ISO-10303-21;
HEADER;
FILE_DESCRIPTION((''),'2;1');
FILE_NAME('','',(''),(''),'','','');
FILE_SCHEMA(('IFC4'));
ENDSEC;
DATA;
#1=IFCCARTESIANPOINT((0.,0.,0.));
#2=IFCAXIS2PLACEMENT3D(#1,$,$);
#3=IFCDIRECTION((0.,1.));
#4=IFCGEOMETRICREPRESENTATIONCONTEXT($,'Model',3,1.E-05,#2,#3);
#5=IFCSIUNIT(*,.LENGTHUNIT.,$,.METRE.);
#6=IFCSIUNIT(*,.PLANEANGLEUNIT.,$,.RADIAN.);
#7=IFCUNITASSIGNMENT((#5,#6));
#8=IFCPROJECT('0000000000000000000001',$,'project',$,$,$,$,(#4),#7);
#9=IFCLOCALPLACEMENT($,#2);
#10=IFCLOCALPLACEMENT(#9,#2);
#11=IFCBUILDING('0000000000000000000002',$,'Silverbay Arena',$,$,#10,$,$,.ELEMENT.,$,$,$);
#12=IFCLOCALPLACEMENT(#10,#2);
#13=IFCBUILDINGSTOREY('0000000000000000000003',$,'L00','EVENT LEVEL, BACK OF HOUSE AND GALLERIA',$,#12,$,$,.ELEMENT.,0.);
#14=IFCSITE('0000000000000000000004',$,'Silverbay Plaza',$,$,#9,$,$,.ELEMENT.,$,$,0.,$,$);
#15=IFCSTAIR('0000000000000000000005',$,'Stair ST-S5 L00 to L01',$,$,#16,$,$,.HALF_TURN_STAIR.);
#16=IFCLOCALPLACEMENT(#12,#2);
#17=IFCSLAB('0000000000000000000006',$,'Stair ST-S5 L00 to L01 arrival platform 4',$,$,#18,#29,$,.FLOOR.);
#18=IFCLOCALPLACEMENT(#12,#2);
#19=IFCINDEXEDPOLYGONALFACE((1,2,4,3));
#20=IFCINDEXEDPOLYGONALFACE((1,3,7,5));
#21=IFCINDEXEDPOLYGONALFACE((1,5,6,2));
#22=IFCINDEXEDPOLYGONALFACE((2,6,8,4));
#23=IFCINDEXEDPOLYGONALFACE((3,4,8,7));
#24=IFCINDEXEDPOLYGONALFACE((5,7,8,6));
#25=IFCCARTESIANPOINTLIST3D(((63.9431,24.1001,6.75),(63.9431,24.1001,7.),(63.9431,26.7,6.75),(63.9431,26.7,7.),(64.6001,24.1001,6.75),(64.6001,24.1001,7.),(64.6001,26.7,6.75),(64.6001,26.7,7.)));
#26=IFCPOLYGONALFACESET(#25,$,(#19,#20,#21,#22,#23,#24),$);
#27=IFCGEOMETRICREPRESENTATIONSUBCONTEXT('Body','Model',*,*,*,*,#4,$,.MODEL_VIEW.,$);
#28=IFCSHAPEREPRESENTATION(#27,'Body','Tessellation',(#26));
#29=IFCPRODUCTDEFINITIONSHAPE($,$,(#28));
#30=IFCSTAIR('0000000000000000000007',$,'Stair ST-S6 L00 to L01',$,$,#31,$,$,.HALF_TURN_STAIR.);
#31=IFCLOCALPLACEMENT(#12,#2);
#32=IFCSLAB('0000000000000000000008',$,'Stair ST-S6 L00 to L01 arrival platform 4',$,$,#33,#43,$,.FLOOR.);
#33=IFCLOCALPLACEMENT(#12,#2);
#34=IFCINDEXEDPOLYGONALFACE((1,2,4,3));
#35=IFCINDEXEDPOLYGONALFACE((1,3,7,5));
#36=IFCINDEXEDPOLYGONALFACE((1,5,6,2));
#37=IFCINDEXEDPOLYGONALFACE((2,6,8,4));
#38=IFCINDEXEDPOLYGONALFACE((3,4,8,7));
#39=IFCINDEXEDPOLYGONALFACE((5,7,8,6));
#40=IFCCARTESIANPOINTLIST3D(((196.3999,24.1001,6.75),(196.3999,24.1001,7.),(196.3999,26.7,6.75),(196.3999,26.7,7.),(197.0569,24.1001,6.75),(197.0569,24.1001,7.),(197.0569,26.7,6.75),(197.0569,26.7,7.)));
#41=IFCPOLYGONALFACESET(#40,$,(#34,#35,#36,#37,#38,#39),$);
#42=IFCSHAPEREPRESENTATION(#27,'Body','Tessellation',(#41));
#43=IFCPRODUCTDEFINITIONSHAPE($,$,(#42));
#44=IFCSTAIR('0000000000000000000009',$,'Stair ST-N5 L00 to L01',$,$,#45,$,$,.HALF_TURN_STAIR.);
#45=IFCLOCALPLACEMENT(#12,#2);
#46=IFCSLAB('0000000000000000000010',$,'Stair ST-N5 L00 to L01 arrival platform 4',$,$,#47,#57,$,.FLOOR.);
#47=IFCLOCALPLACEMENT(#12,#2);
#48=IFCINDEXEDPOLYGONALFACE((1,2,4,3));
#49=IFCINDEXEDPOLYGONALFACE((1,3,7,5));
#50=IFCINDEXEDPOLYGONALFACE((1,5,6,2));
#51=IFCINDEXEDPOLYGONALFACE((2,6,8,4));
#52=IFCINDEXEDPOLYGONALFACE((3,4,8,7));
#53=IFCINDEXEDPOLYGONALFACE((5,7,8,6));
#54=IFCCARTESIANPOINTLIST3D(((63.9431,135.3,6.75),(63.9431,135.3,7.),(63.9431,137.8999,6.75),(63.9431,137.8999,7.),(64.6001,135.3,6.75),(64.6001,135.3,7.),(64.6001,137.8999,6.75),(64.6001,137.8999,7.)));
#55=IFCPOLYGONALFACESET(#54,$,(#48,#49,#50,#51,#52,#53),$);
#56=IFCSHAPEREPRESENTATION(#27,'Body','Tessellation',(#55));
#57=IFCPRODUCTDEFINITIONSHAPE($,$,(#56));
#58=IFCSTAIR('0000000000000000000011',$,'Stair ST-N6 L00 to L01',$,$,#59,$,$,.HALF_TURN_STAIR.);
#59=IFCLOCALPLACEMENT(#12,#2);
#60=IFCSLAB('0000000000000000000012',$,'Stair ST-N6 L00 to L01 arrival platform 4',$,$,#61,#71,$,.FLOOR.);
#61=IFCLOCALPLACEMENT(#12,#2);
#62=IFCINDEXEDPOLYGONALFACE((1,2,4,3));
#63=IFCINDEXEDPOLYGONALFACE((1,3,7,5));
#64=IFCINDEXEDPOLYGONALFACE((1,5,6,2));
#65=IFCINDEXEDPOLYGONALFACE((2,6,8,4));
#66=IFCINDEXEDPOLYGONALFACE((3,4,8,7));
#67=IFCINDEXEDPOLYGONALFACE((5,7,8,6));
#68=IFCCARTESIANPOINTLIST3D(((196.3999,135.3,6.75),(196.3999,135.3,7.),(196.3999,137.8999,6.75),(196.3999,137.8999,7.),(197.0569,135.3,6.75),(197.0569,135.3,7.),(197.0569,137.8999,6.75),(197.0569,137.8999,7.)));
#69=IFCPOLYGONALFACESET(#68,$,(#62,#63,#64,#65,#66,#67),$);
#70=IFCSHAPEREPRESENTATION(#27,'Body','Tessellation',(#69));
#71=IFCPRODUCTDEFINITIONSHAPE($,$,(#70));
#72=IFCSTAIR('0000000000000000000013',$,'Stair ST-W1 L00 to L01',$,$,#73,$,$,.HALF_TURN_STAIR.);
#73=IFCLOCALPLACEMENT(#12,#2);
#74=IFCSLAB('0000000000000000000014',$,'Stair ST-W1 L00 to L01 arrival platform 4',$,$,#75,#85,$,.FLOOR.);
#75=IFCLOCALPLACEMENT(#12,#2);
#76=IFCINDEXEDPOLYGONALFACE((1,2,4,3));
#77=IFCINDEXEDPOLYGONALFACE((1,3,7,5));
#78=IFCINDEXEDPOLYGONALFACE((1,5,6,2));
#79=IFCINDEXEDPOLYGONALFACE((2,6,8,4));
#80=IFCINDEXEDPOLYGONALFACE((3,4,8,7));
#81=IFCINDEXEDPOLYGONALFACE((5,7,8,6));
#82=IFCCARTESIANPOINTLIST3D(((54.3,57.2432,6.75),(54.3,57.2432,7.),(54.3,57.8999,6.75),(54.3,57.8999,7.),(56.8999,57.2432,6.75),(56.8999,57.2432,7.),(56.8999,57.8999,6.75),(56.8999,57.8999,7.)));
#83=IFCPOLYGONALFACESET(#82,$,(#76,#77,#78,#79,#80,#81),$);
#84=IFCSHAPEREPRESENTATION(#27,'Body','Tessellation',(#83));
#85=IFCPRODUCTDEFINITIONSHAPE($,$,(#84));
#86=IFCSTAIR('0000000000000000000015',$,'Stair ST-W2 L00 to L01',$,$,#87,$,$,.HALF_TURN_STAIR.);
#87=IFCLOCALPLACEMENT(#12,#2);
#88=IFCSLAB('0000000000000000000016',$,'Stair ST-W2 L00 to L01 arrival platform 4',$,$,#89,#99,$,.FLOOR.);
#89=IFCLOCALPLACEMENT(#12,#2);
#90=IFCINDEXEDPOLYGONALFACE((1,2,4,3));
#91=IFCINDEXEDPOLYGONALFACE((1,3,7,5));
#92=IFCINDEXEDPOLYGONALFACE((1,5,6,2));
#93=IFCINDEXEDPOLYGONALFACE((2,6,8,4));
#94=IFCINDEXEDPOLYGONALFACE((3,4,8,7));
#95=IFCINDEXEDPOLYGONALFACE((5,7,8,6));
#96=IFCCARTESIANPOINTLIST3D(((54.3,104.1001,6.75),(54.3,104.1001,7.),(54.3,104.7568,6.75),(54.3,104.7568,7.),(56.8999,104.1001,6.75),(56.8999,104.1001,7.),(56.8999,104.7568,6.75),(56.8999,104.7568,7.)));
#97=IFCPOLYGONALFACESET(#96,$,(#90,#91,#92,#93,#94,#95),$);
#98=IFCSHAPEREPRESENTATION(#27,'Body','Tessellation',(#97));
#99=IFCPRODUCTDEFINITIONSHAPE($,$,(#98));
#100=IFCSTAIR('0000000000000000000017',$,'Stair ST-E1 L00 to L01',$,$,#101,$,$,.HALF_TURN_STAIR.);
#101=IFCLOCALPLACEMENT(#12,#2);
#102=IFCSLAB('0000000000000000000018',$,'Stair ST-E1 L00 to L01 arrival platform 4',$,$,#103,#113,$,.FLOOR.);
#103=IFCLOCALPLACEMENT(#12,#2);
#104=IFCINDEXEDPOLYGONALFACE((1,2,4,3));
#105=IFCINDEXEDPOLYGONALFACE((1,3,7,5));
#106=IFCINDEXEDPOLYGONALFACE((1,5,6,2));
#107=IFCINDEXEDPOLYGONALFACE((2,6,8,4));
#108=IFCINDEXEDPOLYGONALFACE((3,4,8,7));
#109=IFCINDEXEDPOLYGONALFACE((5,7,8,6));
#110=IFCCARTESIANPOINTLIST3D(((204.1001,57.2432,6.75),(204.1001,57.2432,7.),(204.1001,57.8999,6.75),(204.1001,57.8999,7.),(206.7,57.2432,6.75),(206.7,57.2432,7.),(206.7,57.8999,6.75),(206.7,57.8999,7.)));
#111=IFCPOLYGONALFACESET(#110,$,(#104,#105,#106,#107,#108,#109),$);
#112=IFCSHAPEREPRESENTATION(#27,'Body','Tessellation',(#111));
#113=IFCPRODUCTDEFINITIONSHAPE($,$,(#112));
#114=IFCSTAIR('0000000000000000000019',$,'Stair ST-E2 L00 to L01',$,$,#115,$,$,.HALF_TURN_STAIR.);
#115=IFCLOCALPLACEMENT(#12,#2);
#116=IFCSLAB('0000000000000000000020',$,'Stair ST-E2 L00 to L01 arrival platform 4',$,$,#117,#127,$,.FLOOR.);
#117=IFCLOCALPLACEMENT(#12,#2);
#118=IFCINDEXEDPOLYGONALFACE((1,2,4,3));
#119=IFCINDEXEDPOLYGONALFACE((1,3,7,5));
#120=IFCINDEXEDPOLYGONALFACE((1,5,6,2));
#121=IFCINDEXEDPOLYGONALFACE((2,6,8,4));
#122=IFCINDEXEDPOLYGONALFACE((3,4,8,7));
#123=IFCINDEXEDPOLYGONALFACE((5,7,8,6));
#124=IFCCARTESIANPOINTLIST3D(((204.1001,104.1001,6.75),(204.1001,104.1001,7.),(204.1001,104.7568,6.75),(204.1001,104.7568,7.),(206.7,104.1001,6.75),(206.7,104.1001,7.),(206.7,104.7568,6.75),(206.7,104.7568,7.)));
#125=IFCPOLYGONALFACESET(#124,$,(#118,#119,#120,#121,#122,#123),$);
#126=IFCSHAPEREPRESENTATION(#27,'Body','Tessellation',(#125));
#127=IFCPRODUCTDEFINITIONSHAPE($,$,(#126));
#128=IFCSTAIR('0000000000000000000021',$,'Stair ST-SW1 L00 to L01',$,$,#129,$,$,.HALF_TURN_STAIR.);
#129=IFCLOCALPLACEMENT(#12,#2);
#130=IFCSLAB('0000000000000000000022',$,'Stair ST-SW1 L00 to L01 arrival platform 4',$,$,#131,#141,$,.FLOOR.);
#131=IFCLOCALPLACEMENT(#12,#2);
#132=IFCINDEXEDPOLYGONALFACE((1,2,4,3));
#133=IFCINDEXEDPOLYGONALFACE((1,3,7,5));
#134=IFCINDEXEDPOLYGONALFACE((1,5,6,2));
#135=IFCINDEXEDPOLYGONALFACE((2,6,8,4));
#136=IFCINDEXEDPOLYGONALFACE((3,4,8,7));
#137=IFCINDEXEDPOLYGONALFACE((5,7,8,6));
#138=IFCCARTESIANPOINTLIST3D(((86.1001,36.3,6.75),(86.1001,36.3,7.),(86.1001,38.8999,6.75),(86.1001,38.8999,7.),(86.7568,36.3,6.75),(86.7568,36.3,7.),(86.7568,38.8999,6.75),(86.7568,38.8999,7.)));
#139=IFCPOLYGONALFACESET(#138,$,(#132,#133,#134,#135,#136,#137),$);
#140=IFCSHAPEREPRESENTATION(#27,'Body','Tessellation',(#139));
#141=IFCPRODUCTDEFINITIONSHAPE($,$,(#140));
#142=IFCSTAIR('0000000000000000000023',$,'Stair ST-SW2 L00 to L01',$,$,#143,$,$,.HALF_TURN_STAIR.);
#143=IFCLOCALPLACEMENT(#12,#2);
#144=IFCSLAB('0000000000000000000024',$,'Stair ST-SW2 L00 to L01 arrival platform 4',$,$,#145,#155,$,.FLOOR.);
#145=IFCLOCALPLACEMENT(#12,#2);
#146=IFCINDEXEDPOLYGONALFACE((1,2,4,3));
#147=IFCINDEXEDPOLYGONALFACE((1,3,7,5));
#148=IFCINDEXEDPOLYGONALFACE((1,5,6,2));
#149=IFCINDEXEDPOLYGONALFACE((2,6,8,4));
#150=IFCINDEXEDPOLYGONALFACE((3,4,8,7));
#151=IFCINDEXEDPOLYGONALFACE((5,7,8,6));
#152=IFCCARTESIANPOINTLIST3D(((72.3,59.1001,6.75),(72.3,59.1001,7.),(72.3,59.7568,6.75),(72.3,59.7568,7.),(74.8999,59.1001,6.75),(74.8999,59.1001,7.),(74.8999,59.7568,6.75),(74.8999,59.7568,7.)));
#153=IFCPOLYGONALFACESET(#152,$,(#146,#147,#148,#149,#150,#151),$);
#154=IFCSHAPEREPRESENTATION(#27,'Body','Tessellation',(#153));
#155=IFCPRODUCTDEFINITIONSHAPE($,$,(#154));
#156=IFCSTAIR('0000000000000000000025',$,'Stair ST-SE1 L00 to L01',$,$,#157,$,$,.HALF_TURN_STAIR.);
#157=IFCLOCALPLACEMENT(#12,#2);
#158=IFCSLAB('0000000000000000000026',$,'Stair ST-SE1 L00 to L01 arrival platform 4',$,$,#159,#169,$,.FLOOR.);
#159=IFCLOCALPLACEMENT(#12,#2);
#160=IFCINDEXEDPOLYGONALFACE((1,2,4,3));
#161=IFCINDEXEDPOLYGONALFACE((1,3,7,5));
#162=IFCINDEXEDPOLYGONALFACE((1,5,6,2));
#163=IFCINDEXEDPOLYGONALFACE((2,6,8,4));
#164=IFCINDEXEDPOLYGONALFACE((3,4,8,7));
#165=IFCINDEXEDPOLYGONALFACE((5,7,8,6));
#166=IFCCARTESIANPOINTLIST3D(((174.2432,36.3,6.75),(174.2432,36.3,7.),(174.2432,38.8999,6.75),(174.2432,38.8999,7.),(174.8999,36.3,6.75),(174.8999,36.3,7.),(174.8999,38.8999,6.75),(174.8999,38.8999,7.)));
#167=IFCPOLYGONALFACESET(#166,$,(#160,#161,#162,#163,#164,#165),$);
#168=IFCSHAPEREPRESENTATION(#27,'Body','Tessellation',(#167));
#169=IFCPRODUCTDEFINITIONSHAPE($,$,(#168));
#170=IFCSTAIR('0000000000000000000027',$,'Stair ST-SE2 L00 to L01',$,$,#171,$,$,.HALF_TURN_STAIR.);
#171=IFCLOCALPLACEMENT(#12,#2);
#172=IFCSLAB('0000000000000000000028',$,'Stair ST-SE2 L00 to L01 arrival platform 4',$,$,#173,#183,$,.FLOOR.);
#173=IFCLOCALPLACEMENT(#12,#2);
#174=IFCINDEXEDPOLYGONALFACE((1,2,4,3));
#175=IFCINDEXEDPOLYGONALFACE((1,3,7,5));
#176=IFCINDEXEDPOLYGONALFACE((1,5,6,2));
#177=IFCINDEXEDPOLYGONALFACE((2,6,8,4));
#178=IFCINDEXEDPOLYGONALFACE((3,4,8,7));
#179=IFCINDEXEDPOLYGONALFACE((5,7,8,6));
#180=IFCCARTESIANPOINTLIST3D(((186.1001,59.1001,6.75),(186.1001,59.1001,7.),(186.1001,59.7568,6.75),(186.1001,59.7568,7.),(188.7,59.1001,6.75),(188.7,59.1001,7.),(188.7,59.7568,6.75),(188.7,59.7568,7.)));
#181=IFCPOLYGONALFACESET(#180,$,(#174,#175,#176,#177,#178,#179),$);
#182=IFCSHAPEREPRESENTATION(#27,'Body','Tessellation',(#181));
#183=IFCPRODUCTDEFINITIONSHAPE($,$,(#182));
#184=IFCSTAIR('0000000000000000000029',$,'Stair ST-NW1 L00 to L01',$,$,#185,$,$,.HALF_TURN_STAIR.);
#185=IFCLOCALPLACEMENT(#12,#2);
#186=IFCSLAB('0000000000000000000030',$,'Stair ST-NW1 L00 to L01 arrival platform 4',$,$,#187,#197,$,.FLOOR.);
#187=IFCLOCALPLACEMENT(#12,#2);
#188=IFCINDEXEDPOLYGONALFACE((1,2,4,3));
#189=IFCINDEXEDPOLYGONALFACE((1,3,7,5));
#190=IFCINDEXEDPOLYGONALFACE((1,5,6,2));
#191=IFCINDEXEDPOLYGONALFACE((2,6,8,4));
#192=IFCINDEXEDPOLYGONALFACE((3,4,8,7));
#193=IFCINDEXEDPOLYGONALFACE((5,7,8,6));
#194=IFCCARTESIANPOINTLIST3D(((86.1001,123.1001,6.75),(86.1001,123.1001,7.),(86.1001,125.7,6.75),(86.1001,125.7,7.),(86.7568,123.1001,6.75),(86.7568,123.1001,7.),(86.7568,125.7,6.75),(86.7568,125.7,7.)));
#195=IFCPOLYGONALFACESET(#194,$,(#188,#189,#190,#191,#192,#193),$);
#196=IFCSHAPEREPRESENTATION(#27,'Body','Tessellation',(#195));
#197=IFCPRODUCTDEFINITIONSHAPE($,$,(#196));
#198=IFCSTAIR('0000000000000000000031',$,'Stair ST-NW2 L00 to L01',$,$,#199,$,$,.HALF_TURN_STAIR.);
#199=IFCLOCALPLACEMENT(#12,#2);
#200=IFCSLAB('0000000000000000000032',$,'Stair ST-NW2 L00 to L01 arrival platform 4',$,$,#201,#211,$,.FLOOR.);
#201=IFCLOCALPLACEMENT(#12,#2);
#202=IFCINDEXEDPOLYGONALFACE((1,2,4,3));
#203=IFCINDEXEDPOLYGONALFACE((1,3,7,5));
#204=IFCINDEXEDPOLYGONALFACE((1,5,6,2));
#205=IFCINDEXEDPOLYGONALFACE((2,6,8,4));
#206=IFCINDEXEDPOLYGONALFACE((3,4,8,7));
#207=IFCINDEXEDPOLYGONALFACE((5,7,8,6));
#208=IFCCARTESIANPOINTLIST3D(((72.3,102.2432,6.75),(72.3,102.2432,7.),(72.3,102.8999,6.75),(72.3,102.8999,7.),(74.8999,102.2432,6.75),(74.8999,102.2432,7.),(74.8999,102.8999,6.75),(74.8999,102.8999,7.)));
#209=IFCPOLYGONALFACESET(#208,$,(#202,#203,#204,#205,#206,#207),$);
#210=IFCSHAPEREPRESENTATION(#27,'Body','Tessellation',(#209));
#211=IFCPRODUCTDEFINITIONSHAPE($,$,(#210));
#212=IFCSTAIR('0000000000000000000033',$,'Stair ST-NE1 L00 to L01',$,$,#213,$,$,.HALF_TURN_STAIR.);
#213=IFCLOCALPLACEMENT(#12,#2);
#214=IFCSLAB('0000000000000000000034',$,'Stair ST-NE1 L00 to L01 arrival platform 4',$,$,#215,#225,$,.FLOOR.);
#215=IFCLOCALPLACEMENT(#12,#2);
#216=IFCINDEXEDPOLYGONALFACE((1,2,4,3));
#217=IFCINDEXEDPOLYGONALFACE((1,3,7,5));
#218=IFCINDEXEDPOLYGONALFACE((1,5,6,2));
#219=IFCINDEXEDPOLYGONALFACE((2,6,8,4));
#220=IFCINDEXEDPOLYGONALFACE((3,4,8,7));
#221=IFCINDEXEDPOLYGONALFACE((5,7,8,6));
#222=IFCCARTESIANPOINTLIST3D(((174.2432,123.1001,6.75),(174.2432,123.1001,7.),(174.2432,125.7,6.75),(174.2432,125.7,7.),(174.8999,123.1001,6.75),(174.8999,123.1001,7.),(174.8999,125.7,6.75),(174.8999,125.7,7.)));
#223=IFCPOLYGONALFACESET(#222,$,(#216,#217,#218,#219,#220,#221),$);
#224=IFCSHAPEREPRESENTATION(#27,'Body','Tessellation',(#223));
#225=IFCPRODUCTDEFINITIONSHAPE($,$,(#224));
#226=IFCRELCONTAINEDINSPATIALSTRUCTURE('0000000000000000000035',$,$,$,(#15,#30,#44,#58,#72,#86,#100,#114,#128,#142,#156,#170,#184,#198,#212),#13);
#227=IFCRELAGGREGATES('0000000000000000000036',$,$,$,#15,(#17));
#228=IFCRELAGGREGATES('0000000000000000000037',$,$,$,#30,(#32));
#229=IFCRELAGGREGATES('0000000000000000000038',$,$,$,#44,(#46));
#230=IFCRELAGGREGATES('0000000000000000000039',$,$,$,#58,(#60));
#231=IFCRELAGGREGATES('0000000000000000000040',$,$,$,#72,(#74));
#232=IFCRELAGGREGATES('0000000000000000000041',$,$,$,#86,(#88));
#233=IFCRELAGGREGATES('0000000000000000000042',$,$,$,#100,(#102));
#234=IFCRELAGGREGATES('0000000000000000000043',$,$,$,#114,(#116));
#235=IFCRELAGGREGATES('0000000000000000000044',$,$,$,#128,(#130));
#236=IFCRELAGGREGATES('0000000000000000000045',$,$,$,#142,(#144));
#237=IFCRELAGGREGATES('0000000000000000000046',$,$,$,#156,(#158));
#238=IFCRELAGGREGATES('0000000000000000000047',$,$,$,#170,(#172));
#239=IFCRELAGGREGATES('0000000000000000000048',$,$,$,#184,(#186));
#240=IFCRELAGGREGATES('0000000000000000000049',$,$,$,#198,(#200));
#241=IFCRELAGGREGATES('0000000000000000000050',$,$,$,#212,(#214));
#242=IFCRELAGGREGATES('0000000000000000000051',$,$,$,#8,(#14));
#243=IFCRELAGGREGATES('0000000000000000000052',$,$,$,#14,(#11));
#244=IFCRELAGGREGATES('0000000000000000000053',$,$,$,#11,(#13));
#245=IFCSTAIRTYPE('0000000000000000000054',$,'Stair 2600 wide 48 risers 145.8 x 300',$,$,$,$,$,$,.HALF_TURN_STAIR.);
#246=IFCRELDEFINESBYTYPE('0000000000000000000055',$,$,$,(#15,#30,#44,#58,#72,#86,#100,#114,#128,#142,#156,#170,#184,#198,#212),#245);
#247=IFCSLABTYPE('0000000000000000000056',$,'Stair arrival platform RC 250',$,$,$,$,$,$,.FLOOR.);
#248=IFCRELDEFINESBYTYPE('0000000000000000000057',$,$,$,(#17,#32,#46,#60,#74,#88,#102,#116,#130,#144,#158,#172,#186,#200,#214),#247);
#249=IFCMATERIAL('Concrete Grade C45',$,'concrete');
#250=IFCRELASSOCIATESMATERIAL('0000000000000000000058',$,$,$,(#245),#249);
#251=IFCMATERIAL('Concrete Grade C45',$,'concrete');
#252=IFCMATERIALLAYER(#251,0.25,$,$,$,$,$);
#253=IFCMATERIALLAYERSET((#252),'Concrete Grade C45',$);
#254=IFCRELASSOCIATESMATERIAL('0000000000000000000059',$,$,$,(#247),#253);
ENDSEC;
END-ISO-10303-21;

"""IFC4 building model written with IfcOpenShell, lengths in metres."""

from ifc_helpers import new_model, si_unit, direction, frame, origin, place, context, subcontext, project, spatial, polyline, outline, extrude, material, layer, layer_set, type_object, element, aggregate, save


model = new_model("IFC4")

# Units and contexts
model_context = context("Model", 3, precision=1e-05, world=origin(), true_north=direction((0.0, 1.0)))
body_context = subcontext(model_context, "Body", "Model", "MODEL_VIEW")
ifc_project = project(units=[si_unit("LENGTHUNIT", "METRE"), si_unit("PLANEANGLEUNIT", "RADIAN")], contexts=[model_context])

# Site, building, storey
site_placement = place(None, origin())
site = spatial("IfcSite", under=ifc_project, at=site_placement, Name="Silverbay Plaza", CompositionType="ELEMENT", RefElevation=0.0)
building_placement = place(site_placement, origin())
building = spatial("IfcBuilding", under=site, at=building_placement, Name="Silverbay Arena", CompositionType="ELEMENT")
storey_placement = place(building_placement, origin())
storey = spatial("IfcBuildingStorey", under=building, at=storey_placement, Name="L00", Description="EVENT LEVEL, BACK OF HOUSE AND GALLERIA", CompositionType="ELEMENT", Elevation=0.0)

# Stairs, slabs
ifc_material_1 = material(Name="Concrete Grade C45", Category="concrete")
stair_type = type_object("IfcStairType", Name="Stair 2600 wide 48 risers 145.8 x 300", PredefinedType="HALF_TURN_STAIR", material=ifc_material_1)
stair_1_placement = place(storey_placement, origin())
stair_1 = element("IfcStair", 1, at=stair_1_placement, inside=storey, type_object=stair_type, Name="Stair ST-S5 L00 to L01", PredefinedType="HALF_TURN_STAIR")
ifc_material_2 = material(Name="Concrete Grade C45", Category="concrete")
ifc_layer_1 = layer(ifc_material_2, 0.25)
ifc_layer_set_1 = layer_set([ifc_layer_1], Name="Concrete Grade C45")
slab_type_1 = type_object("IfcSlabType", Name="Stair arrival platform RC 250", PredefinedType="FLOOR", material=ifc_layer_set_1)
slab_1_placement = place(storey_placement, frame((0.0, 0.0, 6.75)))
slab_1 = element("IfcSlab", 2, at=slab_1_placement, type_object=slab_type_1, Name="Stair ST-S5 L00 to L01 arrival platform 4", PredefinedType="FLOOR", context=body_context, shape_type="SweptSolid", body=[
    extrude(outline(polyline([(64.6001, 26.7), (63.9431, 26.7), (63.9431, 24.1001), (64.6001, 24.1001), (64.6001, 26.7)])), origin(), (0.0, 0.0, 1.0), 0.25),
])
stair_2_placement = place(storey_placement, origin())
stair_2 = element("IfcStair", 3, at=stair_2_placement, inside=storey, type_object=stair_type, Name="Stair ST-S6 L00 to L01", PredefinedType="HALF_TURN_STAIR")
slab_2_placement = place(storey_placement, frame((0.0, 0.0, 6.75)))
slab_2 = element("IfcSlab", 4, at=slab_2_placement, type_object=slab_type_1, Name="Stair ST-S6 L00 to L01 arrival platform 4", PredefinedType="FLOOR", context=body_context, shape_type="SweptSolid", body=[
    extrude(outline(polyline([(196.3999, 26.7), (197.0569, 26.7), (197.0569, 24.1001), (196.3999, 24.1001), (196.3999, 26.7)])), origin(), (0.0, 0.0, 1.0), 0.25),
])
stair_3_placement = place(storey_placement, origin())
stair_3 = element("IfcStair", 5, at=stair_3_placement, inside=storey, type_object=stair_type, Name="Stair ST-N5 L00 to L01", PredefinedType="HALF_TURN_STAIR")
slab_3_placement = place(storey_placement, frame((0.0, 0.0, 6.75)))
slab_3 = element("IfcSlab", 6, at=slab_3_placement, type_object=slab_type_1, Name="Stair ST-N5 L00 to L01 arrival platform 4", PredefinedType="FLOOR", context=body_context, shape_type="SweptSolid", body=[
    extrude(outline(polyline([(64.6001, 135.3), (63.9431, 135.3), (63.9431, 137.8999), (64.6001, 137.8999), (64.6001, 135.3)])), origin(), (0.0, 0.0, 1.0), 0.25),
])
stair_4_placement = place(storey_placement, origin())
stair_4 = element("IfcStair", 7, at=stair_4_placement, inside=storey, type_object=stair_type, Name="Stair ST-N6 L00 to L01", PredefinedType="HALF_TURN_STAIR")
slab_4_placement = place(storey_placement, frame((0.0, 0.0, 6.75)))
slab_4 = element("IfcSlab", 8, at=slab_4_placement, type_object=slab_type_1, Name="Stair ST-N6 L00 to L01 arrival platform 4", PredefinedType="FLOOR", context=body_context, shape_type="SweptSolid", body=[
    extrude(outline(polyline([(196.3999, 135.3), (197.0569, 135.3), (197.0569, 137.8999), (196.3999, 137.8999), (196.3999, 135.3)])), origin(), (0.0, 0.0, 1.0), 0.25),
])
stair_5_placement = place(storey_placement, origin())
stair_5 = element("IfcStair", 9, at=stair_5_placement, inside=storey, type_object=stair_type, Name="Stair ST-W1 L00 to L01", PredefinedType="HALF_TURN_STAIR")
slab_5_placement = place(storey_placement, frame((0.0, 0.0, 6.75)))
slab_5 = element("IfcSlab", 10, at=slab_5_placement, type_object=slab_type_1, Name="Stair ST-W1 L00 to L01 arrival platform 4", PredefinedType="FLOOR", context=body_context, shape_type="SweptSolid", body=[
    extrude(outline(polyline([(56.8999, 57.8999), (56.8999, 57.2432), (54.3, 57.2432), (54.3, 57.8999), (56.8999, 57.8999)])), origin(), (0.0, 0.0, 1.0), 0.25),
])
stair_6_placement = place(storey_placement, origin())
stair_6 = element("IfcStair", 11, at=stair_6_placement, inside=storey, type_object=stair_type, Name="Stair ST-W2 L00 to L01", PredefinedType="HALF_TURN_STAIR")
slab_6_placement = place(storey_placement, frame((0.0, 0.0, 6.75)))
slab_6 = element("IfcSlab", 12, at=slab_6_placement, type_object=slab_type_1, Name="Stair ST-W2 L00 to L01 arrival platform 4", PredefinedType="FLOOR", context=body_context, shape_type="SweptSolid", body=[
    extrude(outline(polyline([(56.8999, 104.1001), (56.8999, 104.7568), (54.3, 104.7568), (54.3, 104.1001), (56.8999, 104.1001)])), origin(), (0.0, 0.0, 1.0), 0.25),
])
stair_7_placement = place(storey_placement, origin())
stair_7 = element("IfcStair", 13, at=stair_7_placement, inside=storey, type_object=stair_type, Name="Stair ST-E1 L00 to L01", PredefinedType="HALF_TURN_STAIR")
slab_7_placement = place(storey_placement, frame((0.0, 0.0, 6.75)))
slab_7 = element("IfcSlab", 14, at=slab_7_placement, type_object=slab_type_1, Name="Stair ST-E1 L00 to L01 arrival platform 4", PredefinedType="FLOOR", context=body_context, shape_type="SweptSolid", body=[
    extrude(outline(polyline([(204.1001, 57.8999), (204.1001, 57.2432), (206.7, 57.2432), (206.7, 57.8999), (204.1001, 57.8999)])), origin(), (0.0, 0.0, 1.0), 0.25),
])
stair_8_placement = place(storey_placement, origin())
stair_8 = element("IfcStair", 15, at=stair_8_placement, inside=storey, type_object=stair_type, Name="Stair ST-E2 L00 to L01", PredefinedType="HALF_TURN_STAIR")
slab_8_placement = place(storey_placement, frame((0.0, 0.0, 6.75)))
slab_8 = element("IfcSlab", 16, at=slab_8_placement, type_object=slab_type_1, Name="Stair ST-E2 L00 to L01 arrival platform 4", PredefinedType="FLOOR", context=body_context, shape_type="SweptSolid", body=[
    extrude(outline(polyline([(204.1001, 104.1001), (204.1001, 104.7568), (206.7, 104.7568), (206.7, 104.1001), (204.1001, 104.1001)])), origin(), (0.0, 0.0, 1.0), 0.25),
])
stair_9_placement = place(storey_placement, origin())
stair_9 = element("IfcStair", 17, at=stair_9_placement, inside=storey, type_object=stair_type, Name="Stair ST-SW1 L00 to L01", PredefinedType="HALF_TURN_STAIR")
slab_9_placement = place(storey_placement, frame((0.0, 0.0, 6.75)))
slab_9 = element("IfcSlab", 18, at=slab_9_placement, type_object=slab_type_1, Name="Stair ST-SW1 L00 to L01 arrival platform 4", PredefinedType="FLOOR", context=body_context, shape_type="SweptSolid", body=[
    extrude(outline(polyline([(86.1001, 38.8999), (86.7568, 38.8999), (86.7568, 36.3), (86.1001, 36.3), (86.1001, 38.8999)])), origin(), (0.0, 0.0, 1.0), 0.25),
])
stair_10_placement = place(storey_placement, origin())
stair_10 = element("IfcStair", 19, at=stair_10_placement, inside=storey, type_object=stair_type, Name="Stair ST-SW2 L00 to L01", PredefinedType="HALF_TURN_STAIR")
slab_10_placement = place(storey_placement, frame((0.0, 0.0, 6.75)))
slab_10 = element("IfcSlab", 20, at=slab_10_placement, type_object=slab_type_1, Name="Stair ST-SW2 L00 to L01 arrival platform 4", PredefinedType="FLOOR", context=body_context, shape_type="SweptSolid", body=[
    extrude(outline(polyline([(74.8999, 59.1001), (74.8999, 59.7568), (72.3, 59.7568), (72.3, 59.1001), (74.8999, 59.1001)])), origin(), (0.0, 0.0, 1.0), 0.25),
])
stair_11_placement = place(storey_placement, origin())
stair_11 = element("IfcStair", 21, at=stair_11_placement, inside=storey, type_object=stair_type, Name="Stair ST-SE1 L00 to L01", PredefinedType="HALF_TURN_STAIR")
slab_11_placement = place(storey_placement, frame((0.0, 0.0, 6.75)))
slab_11 = element("IfcSlab", 22, at=slab_11_placement, type_object=slab_type_1, Name="Stair ST-SE1 L00 to L01 arrival platform 4", PredefinedType="FLOOR", context=body_context, shape_type="SweptSolid", body=[
    extrude(outline(polyline([(174.8999, 38.8999), (174.2432, 38.8999), (174.2432, 36.3), (174.8999, 36.3), (174.8999, 38.8999)])), origin(), (0.0, 0.0, 1.0), 0.25),
])
stair_12_placement = place(storey_placement, origin())
stair_12 = element("IfcStair", 23, at=stair_12_placement, inside=storey, type_object=stair_type, Name="Stair ST-SE2 L00 to L01", PredefinedType="HALF_TURN_STAIR")
slab_12_placement = place(storey_placement, frame((0.0, 0.0, 6.75)))
slab_12 = element("IfcSlab", 24, at=slab_12_placement, type_object=slab_type_1, Name="Stair ST-SE2 L00 to L01 arrival platform 4", PredefinedType="FLOOR", context=body_context, shape_type="SweptSolid", body=[
    extrude(outline(polyline([(186.1001, 59.1001), (186.1001, 59.7568), (188.7, 59.7568), (188.7, 59.1001), (186.1001, 59.1001)])), origin(), (0.0, 0.0, 1.0), 0.25),
])
stair_13_placement = place(storey_placement, origin())
stair_13 = element("IfcStair", 25, at=stair_13_placement, inside=storey, type_object=stair_type, Name="Stair ST-NW1 L00 to L01", PredefinedType="HALF_TURN_STAIR")
slab_13_placement = place(storey_placement, frame((0.0, 0.0, 6.75)))
slab_13 = element("IfcSlab", 26, at=slab_13_placement, type_object=slab_type_1, Name="Stair ST-NW1 L00 to L01 arrival platform 4", PredefinedType="FLOOR", context=body_context, shape_type="SweptSolid", body=[
    extrude(outline(polyline([(86.1001, 123.1001), (86.7568, 123.1001), (86.7568, 125.7), (86.1001, 125.7), (86.1001, 123.1001)])), origin(), (0.0, 0.0, 1.0), 0.25),
])
stair_14_placement = place(storey_placement, origin())
stair_14 = element("IfcStair", 27, at=stair_14_placement, inside=storey, type_object=stair_type, Name="Stair ST-NW2 L00 to L01", PredefinedType="HALF_TURN_STAIR")
slab_14_placement = place(storey_placement, frame((0.0, 0.0, 6.75)))
slab_14 = element("IfcSlab", 28, at=slab_14_placement, type_object=slab_type_1, Name="Stair ST-NW2 L00 to L01 arrival platform 4", PredefinedType="FLOOR", context=body_context, shape_type="SweptSolid", body=[
    extrude(outline(polyline([(74.8999, 102.8999), (74.8999, 102.2432), (72.3, 102.2432), (72.3, 102.8999), (74.8999, 102.8999)])), origin(), (0.0, 0.0, 1.0), 0.25),
])
stair_15_placement = place(storey_placement, origin())
stair_15 = element("IfcStair", 29, at=stair_15_placement, inside=storey, type_object=stair_type, Name="Stair ST-NE1 L00 to L01", PredefinedType="HALF_TURN_STAIR")
slab_15_placement = place(storey_placement, frame((0.0, 0.0, 6.75)))
slab_15 = element("IfcSlab", 30, at=slab_15_placement, type_object=slab_type_1, Name="Stair ST-NE1 L00 to L01 arrival platform 4", PredefinedType="FLOOR", context=body_context, shape_type="SweptSolid", body=[
    extrude(outline(polyline([(174.8999, 123.1001), (174.2432, 123.1001), (174.2432, 125.7), (174.8999, 125.7), (174.8999, 123.1001)])), origin(), (0.0, 0.0, 1.0), 0.25),
])

aggregate(stair_1, [slab_1])
aggregate(stair_2, [slab_2])
aggregate(stair_3, [slab_3])
aggregate(stair_4, [slab_4])
aggregate(stair_5, [slab_5])
aggregate(stair_6, [slab_6])
aggregate(stair_7, [slab_7])
aggregate(stair_8, [slab_8])
aggregate(stair_9, [slab_9])
aggregate(stair_10, [slab_10])
aggregate(stair_11, [slab_11])
aggregate(stair_12, [slab_12])
aggregate(stair_13, [slab_13])
aggregate(stair_14, [slab_14])
aggregate(stair_15, [slab_15])

save(model, "model.ifc")
